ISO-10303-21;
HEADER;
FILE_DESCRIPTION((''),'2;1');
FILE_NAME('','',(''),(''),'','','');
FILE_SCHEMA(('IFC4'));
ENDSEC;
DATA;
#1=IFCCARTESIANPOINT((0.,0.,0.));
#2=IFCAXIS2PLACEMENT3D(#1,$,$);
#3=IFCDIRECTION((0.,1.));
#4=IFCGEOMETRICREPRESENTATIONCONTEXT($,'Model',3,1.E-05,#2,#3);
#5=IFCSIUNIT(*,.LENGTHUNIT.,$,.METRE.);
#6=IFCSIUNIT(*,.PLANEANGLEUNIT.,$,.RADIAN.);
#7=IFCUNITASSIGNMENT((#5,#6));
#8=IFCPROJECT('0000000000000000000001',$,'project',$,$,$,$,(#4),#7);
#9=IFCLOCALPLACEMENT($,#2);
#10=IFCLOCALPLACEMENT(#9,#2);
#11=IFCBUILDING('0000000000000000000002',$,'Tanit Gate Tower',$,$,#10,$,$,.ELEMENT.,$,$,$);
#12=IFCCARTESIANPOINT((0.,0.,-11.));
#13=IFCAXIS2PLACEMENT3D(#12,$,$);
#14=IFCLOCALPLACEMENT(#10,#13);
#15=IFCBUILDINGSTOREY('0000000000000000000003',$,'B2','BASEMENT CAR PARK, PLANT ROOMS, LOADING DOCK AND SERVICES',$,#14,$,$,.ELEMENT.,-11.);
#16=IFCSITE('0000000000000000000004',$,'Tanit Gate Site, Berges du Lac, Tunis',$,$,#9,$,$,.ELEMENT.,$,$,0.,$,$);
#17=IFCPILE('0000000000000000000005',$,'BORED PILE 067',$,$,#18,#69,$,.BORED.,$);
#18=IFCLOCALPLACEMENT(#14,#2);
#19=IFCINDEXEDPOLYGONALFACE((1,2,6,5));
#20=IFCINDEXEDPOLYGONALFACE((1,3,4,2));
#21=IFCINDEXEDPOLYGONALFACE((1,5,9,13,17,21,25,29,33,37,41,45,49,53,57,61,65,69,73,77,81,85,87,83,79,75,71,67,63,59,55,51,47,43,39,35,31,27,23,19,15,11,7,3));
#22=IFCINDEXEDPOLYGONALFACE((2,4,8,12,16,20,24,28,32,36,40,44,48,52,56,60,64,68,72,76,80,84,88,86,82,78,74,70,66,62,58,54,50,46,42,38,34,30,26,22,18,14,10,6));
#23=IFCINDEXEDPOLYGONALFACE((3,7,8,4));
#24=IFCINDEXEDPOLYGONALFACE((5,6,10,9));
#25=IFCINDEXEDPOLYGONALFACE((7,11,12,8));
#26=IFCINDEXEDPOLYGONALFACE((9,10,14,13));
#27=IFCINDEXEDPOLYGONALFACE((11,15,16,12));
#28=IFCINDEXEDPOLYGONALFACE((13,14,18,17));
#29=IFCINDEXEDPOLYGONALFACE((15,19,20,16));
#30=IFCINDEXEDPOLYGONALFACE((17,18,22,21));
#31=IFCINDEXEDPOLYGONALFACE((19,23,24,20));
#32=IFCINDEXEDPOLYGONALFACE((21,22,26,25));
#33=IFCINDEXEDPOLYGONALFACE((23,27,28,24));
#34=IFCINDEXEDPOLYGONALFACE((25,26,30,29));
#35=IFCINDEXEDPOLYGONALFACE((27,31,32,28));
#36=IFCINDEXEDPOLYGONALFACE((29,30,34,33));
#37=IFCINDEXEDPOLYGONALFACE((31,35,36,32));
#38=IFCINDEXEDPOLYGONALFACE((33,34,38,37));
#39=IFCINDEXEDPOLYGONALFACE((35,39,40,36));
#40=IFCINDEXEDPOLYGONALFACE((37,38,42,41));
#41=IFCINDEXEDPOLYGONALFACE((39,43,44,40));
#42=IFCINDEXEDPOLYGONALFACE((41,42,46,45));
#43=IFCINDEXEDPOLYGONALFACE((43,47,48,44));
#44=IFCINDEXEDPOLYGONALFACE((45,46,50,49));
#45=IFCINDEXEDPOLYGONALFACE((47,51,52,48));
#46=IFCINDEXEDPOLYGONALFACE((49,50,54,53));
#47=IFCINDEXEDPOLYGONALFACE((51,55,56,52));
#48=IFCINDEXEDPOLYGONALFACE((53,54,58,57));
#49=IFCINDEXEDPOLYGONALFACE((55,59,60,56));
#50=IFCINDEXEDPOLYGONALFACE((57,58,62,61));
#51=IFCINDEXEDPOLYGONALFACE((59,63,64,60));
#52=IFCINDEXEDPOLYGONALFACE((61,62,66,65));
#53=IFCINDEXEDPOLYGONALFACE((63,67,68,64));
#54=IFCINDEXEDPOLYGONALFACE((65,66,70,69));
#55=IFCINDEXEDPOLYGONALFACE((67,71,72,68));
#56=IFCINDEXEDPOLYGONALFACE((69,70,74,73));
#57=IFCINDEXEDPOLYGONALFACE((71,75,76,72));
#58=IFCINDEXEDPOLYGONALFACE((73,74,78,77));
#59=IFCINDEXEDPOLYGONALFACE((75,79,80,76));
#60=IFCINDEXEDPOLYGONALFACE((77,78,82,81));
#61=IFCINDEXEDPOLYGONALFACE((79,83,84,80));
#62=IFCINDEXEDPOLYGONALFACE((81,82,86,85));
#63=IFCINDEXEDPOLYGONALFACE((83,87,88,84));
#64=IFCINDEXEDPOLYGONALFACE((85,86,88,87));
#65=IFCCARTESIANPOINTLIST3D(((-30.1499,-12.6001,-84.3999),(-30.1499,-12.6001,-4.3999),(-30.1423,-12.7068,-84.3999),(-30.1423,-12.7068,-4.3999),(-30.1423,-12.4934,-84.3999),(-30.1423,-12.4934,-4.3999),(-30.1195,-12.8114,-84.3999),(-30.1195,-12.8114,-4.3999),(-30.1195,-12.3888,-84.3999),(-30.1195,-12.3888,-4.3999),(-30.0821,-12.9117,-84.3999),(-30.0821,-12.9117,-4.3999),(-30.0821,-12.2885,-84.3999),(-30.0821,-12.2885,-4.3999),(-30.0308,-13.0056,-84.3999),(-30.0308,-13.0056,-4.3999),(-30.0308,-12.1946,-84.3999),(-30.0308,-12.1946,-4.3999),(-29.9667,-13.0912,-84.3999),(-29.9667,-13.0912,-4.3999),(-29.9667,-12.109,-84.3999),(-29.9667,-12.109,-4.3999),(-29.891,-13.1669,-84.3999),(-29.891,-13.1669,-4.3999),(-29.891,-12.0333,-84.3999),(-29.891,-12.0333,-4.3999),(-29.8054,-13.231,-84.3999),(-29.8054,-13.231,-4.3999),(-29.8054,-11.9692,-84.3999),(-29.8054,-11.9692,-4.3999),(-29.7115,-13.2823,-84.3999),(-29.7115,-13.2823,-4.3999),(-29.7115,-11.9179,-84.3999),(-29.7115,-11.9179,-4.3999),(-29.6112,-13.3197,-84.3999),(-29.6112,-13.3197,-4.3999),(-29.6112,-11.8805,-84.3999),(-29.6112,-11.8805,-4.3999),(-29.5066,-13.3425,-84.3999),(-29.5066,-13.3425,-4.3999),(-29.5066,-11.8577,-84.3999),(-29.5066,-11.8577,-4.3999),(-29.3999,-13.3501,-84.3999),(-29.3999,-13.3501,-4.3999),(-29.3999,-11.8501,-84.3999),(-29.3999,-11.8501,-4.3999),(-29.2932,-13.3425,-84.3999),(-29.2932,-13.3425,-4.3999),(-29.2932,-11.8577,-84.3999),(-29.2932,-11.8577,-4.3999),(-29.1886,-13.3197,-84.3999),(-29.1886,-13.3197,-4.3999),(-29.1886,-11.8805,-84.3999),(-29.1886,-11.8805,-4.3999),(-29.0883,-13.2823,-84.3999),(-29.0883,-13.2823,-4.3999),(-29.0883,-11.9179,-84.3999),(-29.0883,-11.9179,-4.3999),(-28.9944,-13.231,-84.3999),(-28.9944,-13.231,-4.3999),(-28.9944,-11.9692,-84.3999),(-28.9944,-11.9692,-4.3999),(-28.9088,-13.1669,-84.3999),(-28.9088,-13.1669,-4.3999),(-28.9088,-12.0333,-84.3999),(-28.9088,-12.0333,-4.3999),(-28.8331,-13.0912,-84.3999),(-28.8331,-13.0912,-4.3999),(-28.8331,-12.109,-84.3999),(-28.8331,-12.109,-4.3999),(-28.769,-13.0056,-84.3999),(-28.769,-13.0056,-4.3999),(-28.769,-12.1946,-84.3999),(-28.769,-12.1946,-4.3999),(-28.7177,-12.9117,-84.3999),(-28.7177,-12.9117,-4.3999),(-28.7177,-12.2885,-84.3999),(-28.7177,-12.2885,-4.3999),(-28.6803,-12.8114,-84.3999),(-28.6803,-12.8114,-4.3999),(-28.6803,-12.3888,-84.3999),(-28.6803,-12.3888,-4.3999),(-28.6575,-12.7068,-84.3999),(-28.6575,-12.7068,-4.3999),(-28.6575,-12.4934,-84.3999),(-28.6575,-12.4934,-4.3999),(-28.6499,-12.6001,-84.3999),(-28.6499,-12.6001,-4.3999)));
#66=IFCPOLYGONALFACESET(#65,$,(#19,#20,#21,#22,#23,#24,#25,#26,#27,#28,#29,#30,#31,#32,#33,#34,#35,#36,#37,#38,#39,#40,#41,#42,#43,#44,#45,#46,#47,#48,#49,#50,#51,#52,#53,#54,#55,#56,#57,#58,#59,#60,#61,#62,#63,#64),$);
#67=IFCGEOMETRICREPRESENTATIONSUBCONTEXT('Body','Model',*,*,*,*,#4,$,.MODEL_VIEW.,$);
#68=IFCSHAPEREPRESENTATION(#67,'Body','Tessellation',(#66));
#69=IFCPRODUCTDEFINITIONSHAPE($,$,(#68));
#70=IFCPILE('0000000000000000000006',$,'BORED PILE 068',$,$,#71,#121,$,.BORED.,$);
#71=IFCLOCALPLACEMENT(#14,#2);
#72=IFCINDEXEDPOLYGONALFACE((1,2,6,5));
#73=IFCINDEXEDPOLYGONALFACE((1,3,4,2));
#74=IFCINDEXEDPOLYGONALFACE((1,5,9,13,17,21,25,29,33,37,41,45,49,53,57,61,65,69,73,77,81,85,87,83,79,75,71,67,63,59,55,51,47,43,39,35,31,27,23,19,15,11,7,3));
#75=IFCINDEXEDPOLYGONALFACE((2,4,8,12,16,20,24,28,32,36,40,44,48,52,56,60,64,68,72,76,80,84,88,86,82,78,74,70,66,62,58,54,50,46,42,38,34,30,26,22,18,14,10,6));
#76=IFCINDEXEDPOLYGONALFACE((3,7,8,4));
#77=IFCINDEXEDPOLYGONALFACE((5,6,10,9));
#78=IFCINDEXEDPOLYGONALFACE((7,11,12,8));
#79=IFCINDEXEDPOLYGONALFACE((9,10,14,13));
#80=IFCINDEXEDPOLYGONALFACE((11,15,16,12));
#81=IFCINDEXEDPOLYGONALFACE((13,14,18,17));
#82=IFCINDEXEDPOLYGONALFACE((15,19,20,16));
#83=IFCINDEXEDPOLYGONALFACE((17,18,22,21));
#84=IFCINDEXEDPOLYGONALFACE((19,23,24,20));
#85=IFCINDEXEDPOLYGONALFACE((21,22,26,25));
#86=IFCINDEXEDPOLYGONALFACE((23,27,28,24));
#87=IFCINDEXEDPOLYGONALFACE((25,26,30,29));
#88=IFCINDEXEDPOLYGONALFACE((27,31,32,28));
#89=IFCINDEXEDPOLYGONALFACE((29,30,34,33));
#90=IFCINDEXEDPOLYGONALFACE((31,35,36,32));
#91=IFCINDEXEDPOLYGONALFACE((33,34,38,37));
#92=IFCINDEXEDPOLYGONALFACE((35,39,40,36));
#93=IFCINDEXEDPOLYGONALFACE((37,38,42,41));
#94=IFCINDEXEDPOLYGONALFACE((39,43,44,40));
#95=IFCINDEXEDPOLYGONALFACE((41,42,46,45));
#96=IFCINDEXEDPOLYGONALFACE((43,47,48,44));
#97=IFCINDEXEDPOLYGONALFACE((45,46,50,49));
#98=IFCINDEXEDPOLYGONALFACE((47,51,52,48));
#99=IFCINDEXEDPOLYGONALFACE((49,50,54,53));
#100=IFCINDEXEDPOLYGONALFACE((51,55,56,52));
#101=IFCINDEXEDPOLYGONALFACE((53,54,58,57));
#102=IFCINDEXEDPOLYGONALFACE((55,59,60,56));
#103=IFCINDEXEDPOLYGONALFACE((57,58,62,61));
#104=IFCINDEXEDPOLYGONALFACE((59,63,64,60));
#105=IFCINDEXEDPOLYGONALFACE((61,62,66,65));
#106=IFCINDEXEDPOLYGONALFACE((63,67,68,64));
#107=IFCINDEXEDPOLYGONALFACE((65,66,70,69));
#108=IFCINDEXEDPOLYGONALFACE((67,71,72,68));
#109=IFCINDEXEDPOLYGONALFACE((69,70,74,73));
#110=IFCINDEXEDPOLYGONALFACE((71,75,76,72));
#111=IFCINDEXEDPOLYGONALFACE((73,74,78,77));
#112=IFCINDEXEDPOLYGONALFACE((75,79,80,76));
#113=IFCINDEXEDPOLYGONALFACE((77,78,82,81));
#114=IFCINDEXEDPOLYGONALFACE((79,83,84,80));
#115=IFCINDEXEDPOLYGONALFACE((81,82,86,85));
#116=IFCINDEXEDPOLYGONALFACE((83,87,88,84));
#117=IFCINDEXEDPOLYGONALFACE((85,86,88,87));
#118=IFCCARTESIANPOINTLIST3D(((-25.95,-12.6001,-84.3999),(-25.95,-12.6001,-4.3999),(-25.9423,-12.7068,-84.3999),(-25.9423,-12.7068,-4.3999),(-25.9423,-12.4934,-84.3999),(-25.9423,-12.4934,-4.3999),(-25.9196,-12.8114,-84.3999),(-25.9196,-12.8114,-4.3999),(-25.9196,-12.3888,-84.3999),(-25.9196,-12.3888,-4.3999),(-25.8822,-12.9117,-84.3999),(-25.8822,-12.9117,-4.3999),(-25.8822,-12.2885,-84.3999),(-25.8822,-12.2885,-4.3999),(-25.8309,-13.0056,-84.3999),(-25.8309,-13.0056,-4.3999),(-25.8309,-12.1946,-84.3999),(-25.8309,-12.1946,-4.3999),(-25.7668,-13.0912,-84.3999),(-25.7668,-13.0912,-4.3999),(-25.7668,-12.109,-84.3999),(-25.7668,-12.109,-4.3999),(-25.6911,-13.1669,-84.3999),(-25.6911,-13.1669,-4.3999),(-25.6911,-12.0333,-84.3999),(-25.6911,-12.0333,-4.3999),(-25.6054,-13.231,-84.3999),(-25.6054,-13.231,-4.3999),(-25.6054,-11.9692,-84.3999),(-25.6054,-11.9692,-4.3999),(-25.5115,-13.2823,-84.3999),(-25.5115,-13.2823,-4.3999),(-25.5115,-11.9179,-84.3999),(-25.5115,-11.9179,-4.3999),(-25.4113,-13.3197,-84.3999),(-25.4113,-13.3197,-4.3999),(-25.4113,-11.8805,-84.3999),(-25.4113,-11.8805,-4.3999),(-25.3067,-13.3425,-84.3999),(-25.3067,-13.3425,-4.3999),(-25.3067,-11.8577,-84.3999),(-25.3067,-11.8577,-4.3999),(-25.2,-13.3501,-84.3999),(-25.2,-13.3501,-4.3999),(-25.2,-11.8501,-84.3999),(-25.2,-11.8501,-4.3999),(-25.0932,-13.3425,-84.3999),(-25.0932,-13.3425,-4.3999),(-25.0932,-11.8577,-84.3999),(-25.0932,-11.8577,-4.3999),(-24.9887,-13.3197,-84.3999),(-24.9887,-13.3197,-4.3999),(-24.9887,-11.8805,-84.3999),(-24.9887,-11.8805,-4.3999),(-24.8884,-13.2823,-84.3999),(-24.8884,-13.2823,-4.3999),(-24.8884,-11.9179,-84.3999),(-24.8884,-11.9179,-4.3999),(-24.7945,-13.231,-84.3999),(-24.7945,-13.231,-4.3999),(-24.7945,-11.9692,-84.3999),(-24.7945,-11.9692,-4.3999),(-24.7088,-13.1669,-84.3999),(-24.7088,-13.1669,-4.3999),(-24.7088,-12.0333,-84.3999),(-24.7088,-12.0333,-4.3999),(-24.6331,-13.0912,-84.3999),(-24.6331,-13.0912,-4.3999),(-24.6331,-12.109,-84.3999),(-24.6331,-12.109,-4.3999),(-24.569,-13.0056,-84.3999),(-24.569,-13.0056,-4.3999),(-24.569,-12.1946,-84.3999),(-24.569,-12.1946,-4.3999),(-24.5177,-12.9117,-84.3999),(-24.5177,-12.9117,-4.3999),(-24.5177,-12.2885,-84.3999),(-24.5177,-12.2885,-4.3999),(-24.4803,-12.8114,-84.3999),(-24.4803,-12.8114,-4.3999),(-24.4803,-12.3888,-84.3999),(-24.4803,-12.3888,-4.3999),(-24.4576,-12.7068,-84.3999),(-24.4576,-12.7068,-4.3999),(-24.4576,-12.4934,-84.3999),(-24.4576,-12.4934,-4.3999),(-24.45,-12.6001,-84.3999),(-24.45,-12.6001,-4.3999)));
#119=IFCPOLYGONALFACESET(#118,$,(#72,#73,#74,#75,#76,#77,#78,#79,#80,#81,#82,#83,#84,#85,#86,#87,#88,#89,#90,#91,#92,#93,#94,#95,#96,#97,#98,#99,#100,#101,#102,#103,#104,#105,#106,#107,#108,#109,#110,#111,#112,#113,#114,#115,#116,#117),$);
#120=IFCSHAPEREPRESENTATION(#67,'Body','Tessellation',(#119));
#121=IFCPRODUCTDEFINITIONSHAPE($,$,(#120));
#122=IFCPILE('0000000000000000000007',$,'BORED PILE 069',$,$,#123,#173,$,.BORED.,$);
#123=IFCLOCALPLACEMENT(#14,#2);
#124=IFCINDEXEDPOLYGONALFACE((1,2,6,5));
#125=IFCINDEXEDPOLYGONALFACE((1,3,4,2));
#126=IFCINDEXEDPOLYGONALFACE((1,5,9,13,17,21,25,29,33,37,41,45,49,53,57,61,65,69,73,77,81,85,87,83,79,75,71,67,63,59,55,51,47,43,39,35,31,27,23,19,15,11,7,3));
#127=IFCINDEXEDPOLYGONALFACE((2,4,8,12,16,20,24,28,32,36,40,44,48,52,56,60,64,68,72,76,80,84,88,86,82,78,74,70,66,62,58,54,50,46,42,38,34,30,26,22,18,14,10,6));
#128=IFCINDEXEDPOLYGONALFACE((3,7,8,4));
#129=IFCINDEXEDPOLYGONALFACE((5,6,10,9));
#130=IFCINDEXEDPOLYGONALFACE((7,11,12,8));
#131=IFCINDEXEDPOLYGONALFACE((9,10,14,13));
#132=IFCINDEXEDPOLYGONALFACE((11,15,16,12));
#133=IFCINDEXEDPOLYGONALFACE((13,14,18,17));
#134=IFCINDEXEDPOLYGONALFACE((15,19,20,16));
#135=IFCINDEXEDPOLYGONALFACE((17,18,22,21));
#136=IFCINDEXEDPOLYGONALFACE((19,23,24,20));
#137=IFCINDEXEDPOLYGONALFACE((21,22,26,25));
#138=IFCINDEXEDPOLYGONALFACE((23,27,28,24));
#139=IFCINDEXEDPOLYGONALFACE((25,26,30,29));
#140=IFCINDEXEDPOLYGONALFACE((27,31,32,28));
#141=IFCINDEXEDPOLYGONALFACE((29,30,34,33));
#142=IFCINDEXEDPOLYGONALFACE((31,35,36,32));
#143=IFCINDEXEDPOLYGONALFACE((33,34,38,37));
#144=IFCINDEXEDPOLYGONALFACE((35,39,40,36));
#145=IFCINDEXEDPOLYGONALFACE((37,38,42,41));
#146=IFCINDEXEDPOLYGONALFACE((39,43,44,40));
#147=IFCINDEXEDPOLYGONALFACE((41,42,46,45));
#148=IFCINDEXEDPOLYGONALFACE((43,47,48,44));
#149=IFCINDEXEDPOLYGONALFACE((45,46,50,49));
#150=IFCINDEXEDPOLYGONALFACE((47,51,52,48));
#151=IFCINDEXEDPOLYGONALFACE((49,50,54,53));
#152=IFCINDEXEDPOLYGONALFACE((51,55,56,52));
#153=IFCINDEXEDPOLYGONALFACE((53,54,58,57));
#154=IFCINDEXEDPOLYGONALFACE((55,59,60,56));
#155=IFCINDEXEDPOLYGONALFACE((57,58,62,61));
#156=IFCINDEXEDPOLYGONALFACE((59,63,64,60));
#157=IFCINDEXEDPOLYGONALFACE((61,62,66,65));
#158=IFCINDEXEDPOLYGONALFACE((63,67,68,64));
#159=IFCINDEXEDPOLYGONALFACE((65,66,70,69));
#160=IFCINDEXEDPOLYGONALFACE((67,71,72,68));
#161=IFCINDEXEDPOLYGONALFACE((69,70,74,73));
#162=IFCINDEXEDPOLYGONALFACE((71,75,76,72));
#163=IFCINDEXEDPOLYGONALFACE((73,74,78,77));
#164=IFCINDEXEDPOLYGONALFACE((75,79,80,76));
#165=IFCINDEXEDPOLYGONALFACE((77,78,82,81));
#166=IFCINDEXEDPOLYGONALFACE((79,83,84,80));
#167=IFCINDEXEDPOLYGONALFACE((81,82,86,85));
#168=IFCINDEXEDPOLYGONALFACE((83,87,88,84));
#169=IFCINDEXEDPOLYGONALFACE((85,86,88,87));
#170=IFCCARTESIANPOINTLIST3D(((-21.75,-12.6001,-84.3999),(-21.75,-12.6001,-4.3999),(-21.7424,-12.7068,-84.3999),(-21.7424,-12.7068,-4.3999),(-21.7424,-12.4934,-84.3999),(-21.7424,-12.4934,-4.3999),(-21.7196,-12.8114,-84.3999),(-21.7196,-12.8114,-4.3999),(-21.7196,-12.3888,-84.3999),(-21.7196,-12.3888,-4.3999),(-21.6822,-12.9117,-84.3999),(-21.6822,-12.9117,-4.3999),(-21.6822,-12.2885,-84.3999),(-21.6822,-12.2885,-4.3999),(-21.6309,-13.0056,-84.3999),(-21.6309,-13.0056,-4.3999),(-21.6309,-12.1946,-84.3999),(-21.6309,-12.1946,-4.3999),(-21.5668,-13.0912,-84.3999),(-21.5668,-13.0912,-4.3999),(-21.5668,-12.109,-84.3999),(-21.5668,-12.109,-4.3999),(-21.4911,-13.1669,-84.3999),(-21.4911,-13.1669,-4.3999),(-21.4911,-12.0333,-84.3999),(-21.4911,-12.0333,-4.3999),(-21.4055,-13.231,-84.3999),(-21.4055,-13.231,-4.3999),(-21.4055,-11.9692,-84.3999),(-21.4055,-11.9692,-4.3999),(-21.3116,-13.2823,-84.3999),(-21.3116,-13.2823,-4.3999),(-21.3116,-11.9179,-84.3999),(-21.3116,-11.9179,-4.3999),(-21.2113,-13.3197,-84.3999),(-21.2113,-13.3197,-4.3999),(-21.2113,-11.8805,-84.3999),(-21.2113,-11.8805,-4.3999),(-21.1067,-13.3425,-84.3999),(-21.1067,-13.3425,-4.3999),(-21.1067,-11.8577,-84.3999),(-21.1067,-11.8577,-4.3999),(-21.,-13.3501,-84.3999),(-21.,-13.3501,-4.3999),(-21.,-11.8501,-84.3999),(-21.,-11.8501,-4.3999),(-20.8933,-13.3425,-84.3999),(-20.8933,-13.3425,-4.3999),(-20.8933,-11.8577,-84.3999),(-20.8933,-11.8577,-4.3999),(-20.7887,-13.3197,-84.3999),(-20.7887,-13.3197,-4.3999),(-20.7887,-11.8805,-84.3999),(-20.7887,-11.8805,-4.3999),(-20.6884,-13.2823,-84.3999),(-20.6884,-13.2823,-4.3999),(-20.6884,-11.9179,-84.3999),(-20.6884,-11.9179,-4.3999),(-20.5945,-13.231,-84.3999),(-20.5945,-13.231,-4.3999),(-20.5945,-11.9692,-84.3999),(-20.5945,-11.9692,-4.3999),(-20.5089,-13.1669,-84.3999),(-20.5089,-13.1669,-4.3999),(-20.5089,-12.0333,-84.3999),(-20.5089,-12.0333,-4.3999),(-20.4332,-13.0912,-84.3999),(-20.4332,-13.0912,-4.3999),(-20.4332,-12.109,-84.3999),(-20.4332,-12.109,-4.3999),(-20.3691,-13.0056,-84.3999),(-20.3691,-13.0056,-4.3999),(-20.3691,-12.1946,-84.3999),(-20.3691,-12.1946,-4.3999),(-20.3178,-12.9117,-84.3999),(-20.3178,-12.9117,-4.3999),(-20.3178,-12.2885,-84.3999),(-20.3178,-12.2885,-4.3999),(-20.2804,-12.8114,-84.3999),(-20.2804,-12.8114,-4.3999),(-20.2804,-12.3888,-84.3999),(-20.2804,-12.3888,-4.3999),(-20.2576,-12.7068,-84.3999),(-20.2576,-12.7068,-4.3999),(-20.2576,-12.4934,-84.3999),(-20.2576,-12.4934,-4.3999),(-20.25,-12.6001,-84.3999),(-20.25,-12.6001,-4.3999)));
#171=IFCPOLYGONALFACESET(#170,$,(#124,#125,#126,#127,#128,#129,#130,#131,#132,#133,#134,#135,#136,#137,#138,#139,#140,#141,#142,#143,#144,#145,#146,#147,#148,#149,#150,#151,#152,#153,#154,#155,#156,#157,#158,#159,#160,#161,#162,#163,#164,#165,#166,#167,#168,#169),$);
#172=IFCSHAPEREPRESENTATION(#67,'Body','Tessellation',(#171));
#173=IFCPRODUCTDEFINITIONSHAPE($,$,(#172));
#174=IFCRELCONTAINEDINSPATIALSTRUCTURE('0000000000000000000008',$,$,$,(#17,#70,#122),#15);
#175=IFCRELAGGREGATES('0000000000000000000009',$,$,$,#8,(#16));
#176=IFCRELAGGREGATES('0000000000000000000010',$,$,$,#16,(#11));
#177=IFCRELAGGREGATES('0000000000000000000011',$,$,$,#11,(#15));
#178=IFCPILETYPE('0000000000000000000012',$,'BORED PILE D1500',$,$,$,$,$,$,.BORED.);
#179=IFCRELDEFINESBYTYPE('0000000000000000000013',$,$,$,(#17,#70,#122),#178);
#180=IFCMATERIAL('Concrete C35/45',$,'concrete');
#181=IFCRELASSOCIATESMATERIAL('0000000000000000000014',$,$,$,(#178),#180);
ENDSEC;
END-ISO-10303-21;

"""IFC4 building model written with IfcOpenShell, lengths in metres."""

from ifc_helpers import new_model, si_unit, direction, frame, origin, origin_2d, place, context, subcontext, project, spatial, circle, extrude, material, material_profile, profile_set, type_object, element, save


model = new_model("IFC4")

# Units and contexts
model_context = context("Model", 3, precision=1e-05, world=origin(), true_north=direction((0.0, 1.0)))
body_context = subcontext(model_context, "Body", "Model", "MODEL_VIEW")
ifc_project = project(units=[si_unit("LENGTHUNIT", "METRE"), si_unit("PLANEANGLEUNIT", "RADIAN")], contexts=[model_context])

# Site, building, storey
site_placement = place(None, origin())
site = spatial("IfcSite", under=ifc_project, at=site_placement, Name="Tanit Gate Site, Berges du Lac, Tunis", CompositionType="ELEMENT", RefElevation=0.0)
building_placement = place(site_placement, origin())
building = spatial("IfcBuilding", under=site, at=building_placement, Name="Tanit Gate Tower", CompositionType="ELEMENT")
storey_placement = place(building_placement, frame((0.0, 0.0, -11.0)))
storey = spatial("IfcBuildingStorey", under=building, at=storey_placement, Name="B2", Description="BASEMENT CAR PARK, PLANT ROOMS, LOADING DOCK AND SERVICES", CompositionType="ELEMENT", Elevation=-11.0)

# Piles
ifc_material_1 = material(Name="Concrete C35/45", Category="concrete")
ifc_material_profile_1 = material_profile(ifc_material_1, circle(Radius=0.75, at=origin_2d()), Name="BORED PILE D1500 C35/45")
ifc_profile_set_1 = profile_set([ifc_material_profile_1], Name="Concrete C35/45")
pile_type = type_object("IfcPileType", Name="BORED PILE D1500", PredefinedType="BORED", material=ifc_profile_set_1)
for number, where, z_axis, x_axis, name in (
    (1, (-29.3999, -12.6001, -4.3999), (0.0, 0.0, -1.0), (1.0, 0.0, 0.0), "BORED PILE 067"),
    (2, (-25.2, -12.6001, -4.3999), (0.0, 0.0, -1.0), (1.0, 0.0, 0.0), "BORED PILE 068"),
    (3, (-21.0, -12.6001, -4.3999), (0.0, 0.0, -1.0), (1.0, 0.0, 0.0), "BORED PILE 069"),
):
    element("IfcPile", number, at=place(storey_placement, frame(where, z_axis=z_axis, x_axis=x_axis)), inside=storey, type_object=pile_type, Name=name, PredefinedType="BORED", context=body_context, shape_type="SweptSolid", body=[
        extrude(circle(Radius=0.75, at=origin_2d()), origin(), (0.0, 0.0, 1.0), 80.0),
    ])

save(model, "model.ifc")
